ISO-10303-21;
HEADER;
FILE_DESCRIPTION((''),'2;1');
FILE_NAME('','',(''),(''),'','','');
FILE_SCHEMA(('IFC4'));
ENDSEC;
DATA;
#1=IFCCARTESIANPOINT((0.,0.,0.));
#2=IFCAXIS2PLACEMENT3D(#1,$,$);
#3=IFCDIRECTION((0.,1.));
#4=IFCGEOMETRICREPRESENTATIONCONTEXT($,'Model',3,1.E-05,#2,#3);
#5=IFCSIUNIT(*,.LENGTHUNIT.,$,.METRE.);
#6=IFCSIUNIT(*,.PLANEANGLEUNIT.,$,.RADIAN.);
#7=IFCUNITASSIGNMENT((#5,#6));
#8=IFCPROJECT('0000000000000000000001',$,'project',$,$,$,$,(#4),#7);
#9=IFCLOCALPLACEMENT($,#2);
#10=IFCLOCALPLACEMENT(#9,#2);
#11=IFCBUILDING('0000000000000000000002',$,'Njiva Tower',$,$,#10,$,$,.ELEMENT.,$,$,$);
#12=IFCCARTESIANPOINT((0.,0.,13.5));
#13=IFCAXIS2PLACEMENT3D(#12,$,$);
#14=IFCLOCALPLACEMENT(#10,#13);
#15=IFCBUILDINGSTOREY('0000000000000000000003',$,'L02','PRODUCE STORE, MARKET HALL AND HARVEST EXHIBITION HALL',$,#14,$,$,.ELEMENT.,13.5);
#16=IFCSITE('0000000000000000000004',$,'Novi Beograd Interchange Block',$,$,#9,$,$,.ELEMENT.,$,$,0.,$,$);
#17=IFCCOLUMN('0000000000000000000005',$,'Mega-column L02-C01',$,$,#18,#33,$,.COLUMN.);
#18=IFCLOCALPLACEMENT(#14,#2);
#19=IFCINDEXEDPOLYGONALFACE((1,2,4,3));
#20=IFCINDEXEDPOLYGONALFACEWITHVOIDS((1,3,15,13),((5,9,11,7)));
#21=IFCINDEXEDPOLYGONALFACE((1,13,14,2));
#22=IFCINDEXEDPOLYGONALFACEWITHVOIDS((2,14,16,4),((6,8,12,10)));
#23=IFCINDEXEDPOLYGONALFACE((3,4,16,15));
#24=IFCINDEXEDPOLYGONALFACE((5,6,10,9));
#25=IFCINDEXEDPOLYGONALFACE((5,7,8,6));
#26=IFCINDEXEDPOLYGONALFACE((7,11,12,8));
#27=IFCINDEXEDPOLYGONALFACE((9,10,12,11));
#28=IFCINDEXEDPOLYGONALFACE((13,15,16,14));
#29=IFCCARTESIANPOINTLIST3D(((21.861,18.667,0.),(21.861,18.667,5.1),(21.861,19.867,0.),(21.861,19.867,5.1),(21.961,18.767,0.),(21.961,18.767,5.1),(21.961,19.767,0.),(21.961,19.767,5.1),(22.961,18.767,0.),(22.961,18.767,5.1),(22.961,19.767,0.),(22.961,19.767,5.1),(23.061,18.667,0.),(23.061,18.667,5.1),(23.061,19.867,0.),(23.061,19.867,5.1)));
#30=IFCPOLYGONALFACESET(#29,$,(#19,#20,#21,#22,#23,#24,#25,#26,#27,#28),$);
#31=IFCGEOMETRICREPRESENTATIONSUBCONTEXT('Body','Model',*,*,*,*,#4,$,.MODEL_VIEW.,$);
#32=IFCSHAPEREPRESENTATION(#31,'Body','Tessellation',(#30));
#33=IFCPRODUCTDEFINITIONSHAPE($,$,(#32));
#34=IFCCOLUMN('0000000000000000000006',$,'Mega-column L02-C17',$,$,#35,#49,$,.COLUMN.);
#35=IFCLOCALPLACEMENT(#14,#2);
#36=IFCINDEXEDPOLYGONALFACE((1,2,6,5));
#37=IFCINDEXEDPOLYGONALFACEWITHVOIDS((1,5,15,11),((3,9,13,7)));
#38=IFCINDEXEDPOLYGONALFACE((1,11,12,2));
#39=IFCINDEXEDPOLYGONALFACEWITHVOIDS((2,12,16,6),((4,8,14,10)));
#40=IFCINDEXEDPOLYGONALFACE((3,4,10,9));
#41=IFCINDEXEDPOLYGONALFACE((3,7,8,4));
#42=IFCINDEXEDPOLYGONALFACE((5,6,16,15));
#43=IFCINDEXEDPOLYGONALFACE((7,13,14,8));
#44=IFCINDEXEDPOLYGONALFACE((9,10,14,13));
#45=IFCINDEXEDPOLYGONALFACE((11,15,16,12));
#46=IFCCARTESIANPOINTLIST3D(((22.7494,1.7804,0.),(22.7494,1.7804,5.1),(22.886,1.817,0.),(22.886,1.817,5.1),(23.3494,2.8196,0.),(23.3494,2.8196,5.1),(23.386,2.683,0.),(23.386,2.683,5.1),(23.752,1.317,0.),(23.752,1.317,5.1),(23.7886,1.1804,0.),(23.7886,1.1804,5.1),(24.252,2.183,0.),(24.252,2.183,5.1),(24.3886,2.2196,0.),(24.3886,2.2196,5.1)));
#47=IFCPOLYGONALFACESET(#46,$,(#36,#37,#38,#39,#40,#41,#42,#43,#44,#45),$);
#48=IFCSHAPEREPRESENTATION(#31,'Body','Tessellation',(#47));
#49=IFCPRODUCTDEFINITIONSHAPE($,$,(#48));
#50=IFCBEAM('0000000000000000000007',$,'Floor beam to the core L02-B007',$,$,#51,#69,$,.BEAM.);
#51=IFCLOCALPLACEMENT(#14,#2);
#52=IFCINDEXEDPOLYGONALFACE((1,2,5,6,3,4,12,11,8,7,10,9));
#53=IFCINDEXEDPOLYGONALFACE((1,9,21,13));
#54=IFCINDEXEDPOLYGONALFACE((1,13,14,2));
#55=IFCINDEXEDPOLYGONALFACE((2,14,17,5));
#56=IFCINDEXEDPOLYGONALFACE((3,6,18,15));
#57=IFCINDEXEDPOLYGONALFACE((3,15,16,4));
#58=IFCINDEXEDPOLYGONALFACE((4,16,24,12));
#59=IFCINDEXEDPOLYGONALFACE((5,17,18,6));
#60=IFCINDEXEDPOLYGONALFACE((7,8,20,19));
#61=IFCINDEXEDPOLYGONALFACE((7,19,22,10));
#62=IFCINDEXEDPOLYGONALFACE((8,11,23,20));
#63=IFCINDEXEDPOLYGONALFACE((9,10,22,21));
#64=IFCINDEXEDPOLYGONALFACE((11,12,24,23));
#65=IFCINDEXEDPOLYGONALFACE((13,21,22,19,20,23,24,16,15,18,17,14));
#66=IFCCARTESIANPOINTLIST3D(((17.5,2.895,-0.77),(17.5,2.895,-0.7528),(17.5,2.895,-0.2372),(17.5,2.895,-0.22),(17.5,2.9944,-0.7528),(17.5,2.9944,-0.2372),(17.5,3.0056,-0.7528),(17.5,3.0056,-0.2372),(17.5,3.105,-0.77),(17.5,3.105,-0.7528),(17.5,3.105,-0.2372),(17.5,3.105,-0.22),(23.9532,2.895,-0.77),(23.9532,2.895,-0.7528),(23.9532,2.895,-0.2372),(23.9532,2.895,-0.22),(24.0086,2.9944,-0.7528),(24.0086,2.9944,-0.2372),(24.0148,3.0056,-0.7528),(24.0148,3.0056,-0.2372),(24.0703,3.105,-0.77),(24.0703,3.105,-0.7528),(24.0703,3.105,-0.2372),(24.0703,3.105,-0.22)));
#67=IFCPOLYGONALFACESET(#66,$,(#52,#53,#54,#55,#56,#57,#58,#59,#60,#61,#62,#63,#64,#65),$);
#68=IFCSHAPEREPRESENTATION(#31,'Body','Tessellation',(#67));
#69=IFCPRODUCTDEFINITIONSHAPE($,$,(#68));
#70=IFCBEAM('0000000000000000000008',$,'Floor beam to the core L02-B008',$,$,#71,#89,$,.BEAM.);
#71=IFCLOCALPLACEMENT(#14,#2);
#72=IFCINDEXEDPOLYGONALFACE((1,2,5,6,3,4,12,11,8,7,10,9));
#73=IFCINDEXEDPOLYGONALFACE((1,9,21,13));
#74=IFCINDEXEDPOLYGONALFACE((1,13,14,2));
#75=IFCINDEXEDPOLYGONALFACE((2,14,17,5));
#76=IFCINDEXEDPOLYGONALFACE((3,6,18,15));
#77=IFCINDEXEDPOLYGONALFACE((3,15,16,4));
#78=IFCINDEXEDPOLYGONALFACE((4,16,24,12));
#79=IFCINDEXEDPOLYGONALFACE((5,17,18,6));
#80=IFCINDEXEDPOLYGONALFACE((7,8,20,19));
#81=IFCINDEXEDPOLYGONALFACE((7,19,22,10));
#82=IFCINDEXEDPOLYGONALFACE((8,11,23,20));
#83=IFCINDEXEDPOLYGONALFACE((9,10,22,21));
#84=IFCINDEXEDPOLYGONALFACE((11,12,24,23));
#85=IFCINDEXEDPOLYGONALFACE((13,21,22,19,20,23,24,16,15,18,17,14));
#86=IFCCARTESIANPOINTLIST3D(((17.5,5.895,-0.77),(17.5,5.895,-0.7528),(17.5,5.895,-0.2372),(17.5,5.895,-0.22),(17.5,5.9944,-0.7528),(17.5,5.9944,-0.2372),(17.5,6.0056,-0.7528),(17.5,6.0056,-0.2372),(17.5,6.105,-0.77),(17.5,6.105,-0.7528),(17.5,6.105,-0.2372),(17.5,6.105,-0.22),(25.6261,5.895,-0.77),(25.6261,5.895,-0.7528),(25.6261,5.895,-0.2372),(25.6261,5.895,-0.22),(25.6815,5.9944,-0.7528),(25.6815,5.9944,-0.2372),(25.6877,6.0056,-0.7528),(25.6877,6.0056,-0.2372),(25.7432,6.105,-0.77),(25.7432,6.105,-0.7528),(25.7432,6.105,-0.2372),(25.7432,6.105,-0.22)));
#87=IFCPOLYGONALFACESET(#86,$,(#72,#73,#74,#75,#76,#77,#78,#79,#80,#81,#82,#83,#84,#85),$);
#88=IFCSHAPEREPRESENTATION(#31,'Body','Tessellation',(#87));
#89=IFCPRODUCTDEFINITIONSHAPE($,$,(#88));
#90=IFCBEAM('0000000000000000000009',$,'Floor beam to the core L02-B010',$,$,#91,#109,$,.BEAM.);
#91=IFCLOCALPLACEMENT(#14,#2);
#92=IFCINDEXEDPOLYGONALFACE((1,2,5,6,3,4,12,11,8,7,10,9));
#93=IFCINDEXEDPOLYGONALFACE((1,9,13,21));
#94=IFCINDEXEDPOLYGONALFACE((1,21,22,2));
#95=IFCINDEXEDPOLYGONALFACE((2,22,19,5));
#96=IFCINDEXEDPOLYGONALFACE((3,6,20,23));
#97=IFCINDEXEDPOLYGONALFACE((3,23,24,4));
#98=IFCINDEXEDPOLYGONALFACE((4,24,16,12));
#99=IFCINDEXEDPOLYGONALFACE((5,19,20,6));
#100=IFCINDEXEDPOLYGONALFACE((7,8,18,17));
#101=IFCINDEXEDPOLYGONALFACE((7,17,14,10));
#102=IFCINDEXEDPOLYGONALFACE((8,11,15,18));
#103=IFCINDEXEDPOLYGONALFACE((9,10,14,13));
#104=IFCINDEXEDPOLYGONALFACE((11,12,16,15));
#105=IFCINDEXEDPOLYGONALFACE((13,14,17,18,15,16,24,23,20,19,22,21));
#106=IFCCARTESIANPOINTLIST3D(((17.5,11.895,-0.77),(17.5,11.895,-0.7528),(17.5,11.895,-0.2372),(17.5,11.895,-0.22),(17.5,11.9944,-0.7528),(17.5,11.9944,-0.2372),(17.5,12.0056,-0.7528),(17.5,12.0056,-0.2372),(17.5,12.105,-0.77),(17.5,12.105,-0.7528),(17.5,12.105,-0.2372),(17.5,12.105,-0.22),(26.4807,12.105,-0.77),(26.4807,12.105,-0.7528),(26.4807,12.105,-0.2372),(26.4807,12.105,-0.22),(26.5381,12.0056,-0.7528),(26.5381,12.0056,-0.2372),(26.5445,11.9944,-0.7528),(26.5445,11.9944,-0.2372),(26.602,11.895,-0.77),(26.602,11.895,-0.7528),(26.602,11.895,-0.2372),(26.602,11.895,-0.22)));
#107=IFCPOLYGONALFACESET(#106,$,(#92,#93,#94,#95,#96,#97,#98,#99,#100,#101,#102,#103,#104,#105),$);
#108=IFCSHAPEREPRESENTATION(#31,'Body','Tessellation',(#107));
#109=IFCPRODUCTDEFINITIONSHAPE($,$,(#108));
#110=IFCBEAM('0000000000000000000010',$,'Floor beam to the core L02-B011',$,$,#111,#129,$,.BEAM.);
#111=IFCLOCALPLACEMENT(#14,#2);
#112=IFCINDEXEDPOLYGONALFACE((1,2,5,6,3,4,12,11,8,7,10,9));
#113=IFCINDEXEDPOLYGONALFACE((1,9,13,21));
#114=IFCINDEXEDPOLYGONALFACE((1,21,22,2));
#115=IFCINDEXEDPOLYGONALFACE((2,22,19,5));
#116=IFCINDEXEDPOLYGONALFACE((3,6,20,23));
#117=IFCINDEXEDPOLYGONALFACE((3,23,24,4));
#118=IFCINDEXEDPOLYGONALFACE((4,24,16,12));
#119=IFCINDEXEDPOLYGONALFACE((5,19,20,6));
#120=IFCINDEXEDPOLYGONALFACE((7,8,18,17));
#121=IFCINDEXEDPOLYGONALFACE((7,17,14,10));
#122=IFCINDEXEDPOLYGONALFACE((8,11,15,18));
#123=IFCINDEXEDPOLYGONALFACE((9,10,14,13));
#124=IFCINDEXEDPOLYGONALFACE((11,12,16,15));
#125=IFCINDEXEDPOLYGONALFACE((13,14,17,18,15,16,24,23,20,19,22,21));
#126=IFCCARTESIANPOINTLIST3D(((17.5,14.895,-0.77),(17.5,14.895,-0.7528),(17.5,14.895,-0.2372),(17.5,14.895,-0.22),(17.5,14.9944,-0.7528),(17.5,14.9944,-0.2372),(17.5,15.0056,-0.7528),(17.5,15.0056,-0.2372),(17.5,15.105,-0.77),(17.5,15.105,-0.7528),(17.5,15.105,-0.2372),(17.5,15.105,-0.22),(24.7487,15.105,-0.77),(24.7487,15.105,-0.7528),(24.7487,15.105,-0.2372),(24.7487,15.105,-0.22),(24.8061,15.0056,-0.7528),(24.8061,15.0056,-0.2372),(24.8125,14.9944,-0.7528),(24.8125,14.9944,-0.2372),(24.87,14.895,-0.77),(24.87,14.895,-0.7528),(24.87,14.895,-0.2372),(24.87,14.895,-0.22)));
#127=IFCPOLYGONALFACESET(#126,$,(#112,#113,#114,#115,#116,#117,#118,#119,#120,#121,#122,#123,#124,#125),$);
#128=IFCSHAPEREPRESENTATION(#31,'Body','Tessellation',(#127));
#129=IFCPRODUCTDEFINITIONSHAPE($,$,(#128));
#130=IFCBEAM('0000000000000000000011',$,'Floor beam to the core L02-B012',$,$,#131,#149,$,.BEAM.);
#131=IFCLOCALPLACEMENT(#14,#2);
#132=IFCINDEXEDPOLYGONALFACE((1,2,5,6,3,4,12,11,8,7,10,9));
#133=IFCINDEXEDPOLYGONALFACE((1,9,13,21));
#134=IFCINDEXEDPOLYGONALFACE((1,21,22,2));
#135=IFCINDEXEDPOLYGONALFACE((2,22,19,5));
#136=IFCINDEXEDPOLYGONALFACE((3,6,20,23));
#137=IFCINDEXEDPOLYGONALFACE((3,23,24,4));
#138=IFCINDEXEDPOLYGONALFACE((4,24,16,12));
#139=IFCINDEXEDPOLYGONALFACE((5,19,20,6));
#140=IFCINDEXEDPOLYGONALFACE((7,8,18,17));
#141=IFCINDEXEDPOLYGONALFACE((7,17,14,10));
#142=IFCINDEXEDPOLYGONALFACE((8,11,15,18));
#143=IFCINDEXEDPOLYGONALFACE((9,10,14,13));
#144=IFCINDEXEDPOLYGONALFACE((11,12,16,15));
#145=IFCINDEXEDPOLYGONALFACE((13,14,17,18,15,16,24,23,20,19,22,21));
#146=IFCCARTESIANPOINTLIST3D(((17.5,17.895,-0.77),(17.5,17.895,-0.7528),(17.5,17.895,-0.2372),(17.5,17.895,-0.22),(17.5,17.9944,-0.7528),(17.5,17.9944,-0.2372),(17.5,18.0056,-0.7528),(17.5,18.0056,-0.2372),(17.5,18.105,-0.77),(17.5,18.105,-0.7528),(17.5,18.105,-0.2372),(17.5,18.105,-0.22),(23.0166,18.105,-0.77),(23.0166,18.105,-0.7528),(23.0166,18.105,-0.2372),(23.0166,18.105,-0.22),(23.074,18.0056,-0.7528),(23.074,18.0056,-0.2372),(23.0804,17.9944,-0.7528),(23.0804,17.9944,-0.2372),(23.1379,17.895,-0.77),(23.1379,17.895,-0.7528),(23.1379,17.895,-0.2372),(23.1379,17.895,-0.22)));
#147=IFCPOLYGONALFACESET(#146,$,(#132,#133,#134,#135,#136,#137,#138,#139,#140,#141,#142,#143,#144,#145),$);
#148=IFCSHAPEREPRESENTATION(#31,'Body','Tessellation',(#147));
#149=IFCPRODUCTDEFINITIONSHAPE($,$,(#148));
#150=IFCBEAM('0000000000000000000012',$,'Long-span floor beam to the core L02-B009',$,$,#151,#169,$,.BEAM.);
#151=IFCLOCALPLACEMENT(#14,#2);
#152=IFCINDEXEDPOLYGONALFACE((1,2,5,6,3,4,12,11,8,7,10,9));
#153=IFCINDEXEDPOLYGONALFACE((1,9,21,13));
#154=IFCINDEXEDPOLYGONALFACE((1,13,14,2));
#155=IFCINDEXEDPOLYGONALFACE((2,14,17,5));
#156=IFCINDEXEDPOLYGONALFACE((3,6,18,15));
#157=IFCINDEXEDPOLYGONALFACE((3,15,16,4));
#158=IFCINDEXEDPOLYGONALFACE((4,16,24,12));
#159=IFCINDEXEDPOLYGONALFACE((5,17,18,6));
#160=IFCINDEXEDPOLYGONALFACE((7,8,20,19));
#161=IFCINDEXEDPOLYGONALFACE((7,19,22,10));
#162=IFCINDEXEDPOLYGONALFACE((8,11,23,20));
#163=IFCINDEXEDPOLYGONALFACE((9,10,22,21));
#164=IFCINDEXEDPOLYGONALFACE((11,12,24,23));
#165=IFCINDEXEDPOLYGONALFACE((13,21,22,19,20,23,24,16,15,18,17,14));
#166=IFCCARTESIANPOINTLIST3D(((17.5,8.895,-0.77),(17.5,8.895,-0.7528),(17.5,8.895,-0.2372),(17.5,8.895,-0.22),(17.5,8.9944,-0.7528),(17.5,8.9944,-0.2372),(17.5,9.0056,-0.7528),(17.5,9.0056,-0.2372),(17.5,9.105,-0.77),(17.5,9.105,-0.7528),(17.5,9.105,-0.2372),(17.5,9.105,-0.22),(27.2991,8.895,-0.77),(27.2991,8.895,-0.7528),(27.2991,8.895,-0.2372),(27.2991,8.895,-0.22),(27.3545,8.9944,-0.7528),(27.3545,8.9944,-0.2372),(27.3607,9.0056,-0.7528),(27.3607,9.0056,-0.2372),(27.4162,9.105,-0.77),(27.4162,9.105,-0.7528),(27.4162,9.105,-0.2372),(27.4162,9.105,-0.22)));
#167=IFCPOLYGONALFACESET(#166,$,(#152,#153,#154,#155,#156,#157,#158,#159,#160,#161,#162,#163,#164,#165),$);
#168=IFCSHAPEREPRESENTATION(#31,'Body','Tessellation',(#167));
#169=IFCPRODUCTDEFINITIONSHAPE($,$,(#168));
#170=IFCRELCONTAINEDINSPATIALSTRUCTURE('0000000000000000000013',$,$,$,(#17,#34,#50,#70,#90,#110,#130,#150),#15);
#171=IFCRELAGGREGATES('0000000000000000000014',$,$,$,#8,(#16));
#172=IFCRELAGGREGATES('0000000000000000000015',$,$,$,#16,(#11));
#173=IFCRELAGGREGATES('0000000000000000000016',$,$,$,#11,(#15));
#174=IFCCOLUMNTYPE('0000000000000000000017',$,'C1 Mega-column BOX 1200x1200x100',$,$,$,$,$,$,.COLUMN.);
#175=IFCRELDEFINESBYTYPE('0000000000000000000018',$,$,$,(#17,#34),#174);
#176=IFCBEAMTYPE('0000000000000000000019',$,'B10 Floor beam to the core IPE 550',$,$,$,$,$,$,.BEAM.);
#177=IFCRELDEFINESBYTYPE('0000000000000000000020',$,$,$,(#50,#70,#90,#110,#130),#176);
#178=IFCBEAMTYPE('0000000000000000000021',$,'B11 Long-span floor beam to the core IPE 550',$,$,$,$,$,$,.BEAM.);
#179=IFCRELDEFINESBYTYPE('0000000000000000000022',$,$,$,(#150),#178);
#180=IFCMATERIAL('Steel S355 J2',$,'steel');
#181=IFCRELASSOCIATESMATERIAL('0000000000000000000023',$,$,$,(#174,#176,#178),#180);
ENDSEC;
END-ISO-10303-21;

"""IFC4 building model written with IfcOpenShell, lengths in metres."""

from ifc_helpers import new_model, si_unit, direction, frame, origin, origin_2d, place, context, subcontext, project, spatial, hollow_rectangle, i_section, extrude, clip, halfspace, material, material_profile, profile_set, type_object, element, save


model = new_model("IFC4")

# Units and contexts
model_context = context("Model", 3, precision=1e-05, world=origin(), true_north=direction((0.0, 1.0)))
body_context = subcontext(model_context, "Body", "Model", "MODEL_VIEW")
ifc_project = project(units=[si_unit("LENGTHUNIT", "METRE"), si_unit("PLANEANGLEUNIT", "RADIAN")], contexts=[model_context])

# Site, building, storey
site_placement = place(None, origin())
site = spatial("IfcSite", under=ifc_project, at=site_placement, Name="Novi Beograd Interchange Block", CompositionType="ELEMENT", RefElevation=0.0)
building_placement = place(site_placement, origin())
building = spatial("IfcBuilding", under=site, at=building_placement, Name="Njiva Tower", CompositionType="ELEMENT")
storey_placement = place(building_placement, frame((0.0, 0.0, 13.5)))
storey = spatial("IfcBuildingStorey", under=building, at=storey_placement, Name="L02", Description="PRODUCE STORE, MARKET HALL AND HARVEST EXHIBITION HALL", CompositionType="ELEMENT", Elevation=13.5)

# Columns
ifc_material_1 = material(Name="Steel S355 J2", Category="steel")
ifc_material_profile_1 = material_profile(ifc_material_1, hollow_rectangle(XDim=1.2, YDim=1.2, WallThickness=0.1, at=origin_2d()), Name="BOX 1200x1200x100")
ifc_profile_set_1 = profile_set([ifc_material_profile_1], Name="Steel S355 J2")
column_type = type_object("IfcColumnType", Name="C1 Mega-column BOX 1200x1200x100", PredefinedType="COLUMN", material=ifc_profile_set_1)
for number, where, z_axis, x_axis, name in (
    (1, (22.461, 19.267, 0.0), (0.0, 0.0, 1.0), (-1.0, 0.0, 0.0), "Mega-column L02-C01"),
    (2, (23.569, 2.0, 0.0), (0.0, 0.0, 1.0), (0.5, 0.866025, 0.0), "Mega-column L02-C17"),
):
    element("IfcColumn", number, at=place(storey_placement, frame(where, z_axis=z_axis, x_axis=x_axis)), inside=storey, type_object=column_type, Name=name, PredefinedType="COLUMN", context=body_context, shape_type="SweptSolid", body=[
        extrude(hollow_rectangle(XDim=1.2, YDim=1.2, WallThickness=0.1, at=origin_2d()), origin(), (0.0, 0.0, 1.0), 5.1),
    ])

# Beams
ifc_material_profile_2 = material_profile(ifc_material_1, i_section(OverallWidth=0.21, OverallDepth=0.55, WebThickness=0.0111, FlangeThickness=0.0172, at=origin_2d()), Name="IPE 550")
ifc_profile_set_2 = profile_set([ifc_material_profile_2], Name="Steel S355 J2")
beam_type_1 = type_object("IfcBeamType", Name="B10 Floor beam to the core IPE 550", PredefinedType="BEAM", material=ifc_profile_set_2)
beam_1_placement = place(storey_placement, frame((17.5, 3.0, -0.495), z_axis=(1.0, 0.0, 0.0), x_axis=(0.0, 1.0, 0.0)))
element("IfcBeam", 3, at=beam_1_placement, inside=storey, type_object=beam_type_1, Name="Floor beam to the core L02-B007", PredefinedType="BEAM", context=body_context, shape_type="Clipping", body=[
    clip(extrude(i_section(OverallWidth=0.21, OverallDepth=0.55, WebThickness=0.0111, FlangeThickness=0.0172, at=origin_2d()), origin(), (0.0, 0.0, 1.0), 6.591), halfspace(frame((-0.0244, 0.0, 6.4981), z_axis=(-0.487052, 0.0, 0.873373), x_axis=(0.0, 1.0, 0.0)), False)),
])
beam_2_placement = place(storey_placement, frame((17.5, 6.0, -0.495), z_axis=(1.0, 0.0, 0.0), x_axis=(0.0, 1.0, 0.0)))
element("IfcBeam", 4, at=beam_2_placement, inside=storey, type_object=beam_type_1, Name="Floor beam to the core L02-B008", PredefinedType="BEAM", context=body_context, shape_type="Clipping", body=[
    clip(extrude(i_section(OverallWidth=0.21, OverallDepth=0.55, WebThickness=0.0111, FlangeThickness=0.0172, at=origin_2d()), origin(), (0.0, 0.0, 1.0), 8.264), halfspace(frame((-0.0244, 0.0, 8.171), z_axis=(-0.487052, 0.0, 0.873373), x_axis=(0.0, 1.0, 0.0)), False)),
])
beam_3_placement = place(storey_placement, frame((17.5, 12.0, -0.495), z_axis=(1.0, 0.0, 0.0), x_axis=(0.0, 1.0, 0.0)))
element("IfcBeam", 5, at=beam_3_placement, inside=storey, type_object=beam_type_1, Name="Floor beam to the core L02-B010", PredefinedType="BEAM", context=body_context, shape_type="Clipping", body=[
    clip(extrude(i_section(OverallWidth=0.21, OverallDepth=0.55, WebThickness=0.0111, FlangeThickness=0.0172, at=origin_2d()), origin(), (0.0, 0.0, 1.0), 9.122), halfspace(frame((0.025, 0.0, 9.0269), z_axis=(0.499998, 0.0, 0.866027), x_axis=(0.0, 1.0, 0.0)), False)),
])
beam_4_placement = place(storey_placement, frame((17.5, 15.0, -0.495), z_axis=(1.0, 0.0, 0.0), x_axis=(0.0, 1.0, 0.0)))
element("IfcBeam", 6, at=beam_4_placement, inside=storey, type_object=beam_type_1, Name="Floor beam to the core L02-B011", PredefinedType="BEAM", context=body_context, shape_type="Clipping", body=[
    clip(extrude(i_section(OverallWidth=0.21, OverallDepth=0.55, WebThickness=0.0111, FlangeThickness=0.0172, at=origin_2d()), origin(), (0.0, 0.0, 1.0), 7.39), halfspace(frame((0.025, 0.0, 7.2949), z_axis=(0.499998, 0.0, 0.866027), x_axis=(0.0, 1.0, 0.0)), False)),
])
beam_5_placement = place(storey_placement, frame((17.5, 18.0, -0.495), z_axis=(1.0, 0.0, 0.0), x_axis=(0.0, 1.0, 0.0)))
element("IfcBeam", 7, at=beam_5_placement, inside=storey, type_object=beam_type_1, Name="Floor beam to the core L02-B012", PredefinedType="BEAM", context=body_context, shape_type="Clipping", body=[
    clip(extrude(i_section(OverallWidth=0.21, OverallDepth=0.55, WebThickness=0.0111, FlangeThickness=0.0172, at=origin_2d()), origin(), (0.0, 0.0, 1.0), 5.658), halfspace(frame((0.025, 0.0, 5.5628), z_axis=(0.499998, 0.0, 0.866027), x_axis=(0.0, 1.0, 0.0)), False)),
])
ifc_material_profile_3 = material_profile(ifc_material_1, i_section(OverallWidth=0.21, OverallDepth=0.55, WebThickness=0.0111, FlangeThickness=0.0172, at=origin_2d()), Name="IPE 550")
ifc_profile_set_3 = profile_set([ifc_material_profile_3], Name="Steel S355 J2")
beam_type_2 = type_object("IfcBeamType", Name="B11 Long-span floor beam to the core IPE 550", PredefinedType="BEAM", material=ifc_profile_set_3)
beam_6_placement = place(storey_placement, frame((17.5, 9.0, -0.495), z_axis=(1.0, 0.0, 0.0), x_axis=(0.0, 1.0, 0.0)))
element("IfcBeam", 8, at=beam_6_placement, inside=storey, type_object=beam_type_2, Name="Long-span floor beam to the core L02-B009", PredefinedType="BEAM", context=body_context, shape_type="Clipping", body=[
    clip(extrude(i_section(OverallWidth=0.21, OverallDepth=0.55, WebThickness=0.0111, FlangeThickness=0.0172, at=origin_2d()), origin(), (0.0, 0.0, 1.0), 9.937), halfspace(frame((-0.0244, 0.0, 9.844), z_axis=(-0.487052, 0.0, 0.873373), x_axis=(0.0, 1.0, 0.0)), False)),
])

save(model, "model.ifc")
